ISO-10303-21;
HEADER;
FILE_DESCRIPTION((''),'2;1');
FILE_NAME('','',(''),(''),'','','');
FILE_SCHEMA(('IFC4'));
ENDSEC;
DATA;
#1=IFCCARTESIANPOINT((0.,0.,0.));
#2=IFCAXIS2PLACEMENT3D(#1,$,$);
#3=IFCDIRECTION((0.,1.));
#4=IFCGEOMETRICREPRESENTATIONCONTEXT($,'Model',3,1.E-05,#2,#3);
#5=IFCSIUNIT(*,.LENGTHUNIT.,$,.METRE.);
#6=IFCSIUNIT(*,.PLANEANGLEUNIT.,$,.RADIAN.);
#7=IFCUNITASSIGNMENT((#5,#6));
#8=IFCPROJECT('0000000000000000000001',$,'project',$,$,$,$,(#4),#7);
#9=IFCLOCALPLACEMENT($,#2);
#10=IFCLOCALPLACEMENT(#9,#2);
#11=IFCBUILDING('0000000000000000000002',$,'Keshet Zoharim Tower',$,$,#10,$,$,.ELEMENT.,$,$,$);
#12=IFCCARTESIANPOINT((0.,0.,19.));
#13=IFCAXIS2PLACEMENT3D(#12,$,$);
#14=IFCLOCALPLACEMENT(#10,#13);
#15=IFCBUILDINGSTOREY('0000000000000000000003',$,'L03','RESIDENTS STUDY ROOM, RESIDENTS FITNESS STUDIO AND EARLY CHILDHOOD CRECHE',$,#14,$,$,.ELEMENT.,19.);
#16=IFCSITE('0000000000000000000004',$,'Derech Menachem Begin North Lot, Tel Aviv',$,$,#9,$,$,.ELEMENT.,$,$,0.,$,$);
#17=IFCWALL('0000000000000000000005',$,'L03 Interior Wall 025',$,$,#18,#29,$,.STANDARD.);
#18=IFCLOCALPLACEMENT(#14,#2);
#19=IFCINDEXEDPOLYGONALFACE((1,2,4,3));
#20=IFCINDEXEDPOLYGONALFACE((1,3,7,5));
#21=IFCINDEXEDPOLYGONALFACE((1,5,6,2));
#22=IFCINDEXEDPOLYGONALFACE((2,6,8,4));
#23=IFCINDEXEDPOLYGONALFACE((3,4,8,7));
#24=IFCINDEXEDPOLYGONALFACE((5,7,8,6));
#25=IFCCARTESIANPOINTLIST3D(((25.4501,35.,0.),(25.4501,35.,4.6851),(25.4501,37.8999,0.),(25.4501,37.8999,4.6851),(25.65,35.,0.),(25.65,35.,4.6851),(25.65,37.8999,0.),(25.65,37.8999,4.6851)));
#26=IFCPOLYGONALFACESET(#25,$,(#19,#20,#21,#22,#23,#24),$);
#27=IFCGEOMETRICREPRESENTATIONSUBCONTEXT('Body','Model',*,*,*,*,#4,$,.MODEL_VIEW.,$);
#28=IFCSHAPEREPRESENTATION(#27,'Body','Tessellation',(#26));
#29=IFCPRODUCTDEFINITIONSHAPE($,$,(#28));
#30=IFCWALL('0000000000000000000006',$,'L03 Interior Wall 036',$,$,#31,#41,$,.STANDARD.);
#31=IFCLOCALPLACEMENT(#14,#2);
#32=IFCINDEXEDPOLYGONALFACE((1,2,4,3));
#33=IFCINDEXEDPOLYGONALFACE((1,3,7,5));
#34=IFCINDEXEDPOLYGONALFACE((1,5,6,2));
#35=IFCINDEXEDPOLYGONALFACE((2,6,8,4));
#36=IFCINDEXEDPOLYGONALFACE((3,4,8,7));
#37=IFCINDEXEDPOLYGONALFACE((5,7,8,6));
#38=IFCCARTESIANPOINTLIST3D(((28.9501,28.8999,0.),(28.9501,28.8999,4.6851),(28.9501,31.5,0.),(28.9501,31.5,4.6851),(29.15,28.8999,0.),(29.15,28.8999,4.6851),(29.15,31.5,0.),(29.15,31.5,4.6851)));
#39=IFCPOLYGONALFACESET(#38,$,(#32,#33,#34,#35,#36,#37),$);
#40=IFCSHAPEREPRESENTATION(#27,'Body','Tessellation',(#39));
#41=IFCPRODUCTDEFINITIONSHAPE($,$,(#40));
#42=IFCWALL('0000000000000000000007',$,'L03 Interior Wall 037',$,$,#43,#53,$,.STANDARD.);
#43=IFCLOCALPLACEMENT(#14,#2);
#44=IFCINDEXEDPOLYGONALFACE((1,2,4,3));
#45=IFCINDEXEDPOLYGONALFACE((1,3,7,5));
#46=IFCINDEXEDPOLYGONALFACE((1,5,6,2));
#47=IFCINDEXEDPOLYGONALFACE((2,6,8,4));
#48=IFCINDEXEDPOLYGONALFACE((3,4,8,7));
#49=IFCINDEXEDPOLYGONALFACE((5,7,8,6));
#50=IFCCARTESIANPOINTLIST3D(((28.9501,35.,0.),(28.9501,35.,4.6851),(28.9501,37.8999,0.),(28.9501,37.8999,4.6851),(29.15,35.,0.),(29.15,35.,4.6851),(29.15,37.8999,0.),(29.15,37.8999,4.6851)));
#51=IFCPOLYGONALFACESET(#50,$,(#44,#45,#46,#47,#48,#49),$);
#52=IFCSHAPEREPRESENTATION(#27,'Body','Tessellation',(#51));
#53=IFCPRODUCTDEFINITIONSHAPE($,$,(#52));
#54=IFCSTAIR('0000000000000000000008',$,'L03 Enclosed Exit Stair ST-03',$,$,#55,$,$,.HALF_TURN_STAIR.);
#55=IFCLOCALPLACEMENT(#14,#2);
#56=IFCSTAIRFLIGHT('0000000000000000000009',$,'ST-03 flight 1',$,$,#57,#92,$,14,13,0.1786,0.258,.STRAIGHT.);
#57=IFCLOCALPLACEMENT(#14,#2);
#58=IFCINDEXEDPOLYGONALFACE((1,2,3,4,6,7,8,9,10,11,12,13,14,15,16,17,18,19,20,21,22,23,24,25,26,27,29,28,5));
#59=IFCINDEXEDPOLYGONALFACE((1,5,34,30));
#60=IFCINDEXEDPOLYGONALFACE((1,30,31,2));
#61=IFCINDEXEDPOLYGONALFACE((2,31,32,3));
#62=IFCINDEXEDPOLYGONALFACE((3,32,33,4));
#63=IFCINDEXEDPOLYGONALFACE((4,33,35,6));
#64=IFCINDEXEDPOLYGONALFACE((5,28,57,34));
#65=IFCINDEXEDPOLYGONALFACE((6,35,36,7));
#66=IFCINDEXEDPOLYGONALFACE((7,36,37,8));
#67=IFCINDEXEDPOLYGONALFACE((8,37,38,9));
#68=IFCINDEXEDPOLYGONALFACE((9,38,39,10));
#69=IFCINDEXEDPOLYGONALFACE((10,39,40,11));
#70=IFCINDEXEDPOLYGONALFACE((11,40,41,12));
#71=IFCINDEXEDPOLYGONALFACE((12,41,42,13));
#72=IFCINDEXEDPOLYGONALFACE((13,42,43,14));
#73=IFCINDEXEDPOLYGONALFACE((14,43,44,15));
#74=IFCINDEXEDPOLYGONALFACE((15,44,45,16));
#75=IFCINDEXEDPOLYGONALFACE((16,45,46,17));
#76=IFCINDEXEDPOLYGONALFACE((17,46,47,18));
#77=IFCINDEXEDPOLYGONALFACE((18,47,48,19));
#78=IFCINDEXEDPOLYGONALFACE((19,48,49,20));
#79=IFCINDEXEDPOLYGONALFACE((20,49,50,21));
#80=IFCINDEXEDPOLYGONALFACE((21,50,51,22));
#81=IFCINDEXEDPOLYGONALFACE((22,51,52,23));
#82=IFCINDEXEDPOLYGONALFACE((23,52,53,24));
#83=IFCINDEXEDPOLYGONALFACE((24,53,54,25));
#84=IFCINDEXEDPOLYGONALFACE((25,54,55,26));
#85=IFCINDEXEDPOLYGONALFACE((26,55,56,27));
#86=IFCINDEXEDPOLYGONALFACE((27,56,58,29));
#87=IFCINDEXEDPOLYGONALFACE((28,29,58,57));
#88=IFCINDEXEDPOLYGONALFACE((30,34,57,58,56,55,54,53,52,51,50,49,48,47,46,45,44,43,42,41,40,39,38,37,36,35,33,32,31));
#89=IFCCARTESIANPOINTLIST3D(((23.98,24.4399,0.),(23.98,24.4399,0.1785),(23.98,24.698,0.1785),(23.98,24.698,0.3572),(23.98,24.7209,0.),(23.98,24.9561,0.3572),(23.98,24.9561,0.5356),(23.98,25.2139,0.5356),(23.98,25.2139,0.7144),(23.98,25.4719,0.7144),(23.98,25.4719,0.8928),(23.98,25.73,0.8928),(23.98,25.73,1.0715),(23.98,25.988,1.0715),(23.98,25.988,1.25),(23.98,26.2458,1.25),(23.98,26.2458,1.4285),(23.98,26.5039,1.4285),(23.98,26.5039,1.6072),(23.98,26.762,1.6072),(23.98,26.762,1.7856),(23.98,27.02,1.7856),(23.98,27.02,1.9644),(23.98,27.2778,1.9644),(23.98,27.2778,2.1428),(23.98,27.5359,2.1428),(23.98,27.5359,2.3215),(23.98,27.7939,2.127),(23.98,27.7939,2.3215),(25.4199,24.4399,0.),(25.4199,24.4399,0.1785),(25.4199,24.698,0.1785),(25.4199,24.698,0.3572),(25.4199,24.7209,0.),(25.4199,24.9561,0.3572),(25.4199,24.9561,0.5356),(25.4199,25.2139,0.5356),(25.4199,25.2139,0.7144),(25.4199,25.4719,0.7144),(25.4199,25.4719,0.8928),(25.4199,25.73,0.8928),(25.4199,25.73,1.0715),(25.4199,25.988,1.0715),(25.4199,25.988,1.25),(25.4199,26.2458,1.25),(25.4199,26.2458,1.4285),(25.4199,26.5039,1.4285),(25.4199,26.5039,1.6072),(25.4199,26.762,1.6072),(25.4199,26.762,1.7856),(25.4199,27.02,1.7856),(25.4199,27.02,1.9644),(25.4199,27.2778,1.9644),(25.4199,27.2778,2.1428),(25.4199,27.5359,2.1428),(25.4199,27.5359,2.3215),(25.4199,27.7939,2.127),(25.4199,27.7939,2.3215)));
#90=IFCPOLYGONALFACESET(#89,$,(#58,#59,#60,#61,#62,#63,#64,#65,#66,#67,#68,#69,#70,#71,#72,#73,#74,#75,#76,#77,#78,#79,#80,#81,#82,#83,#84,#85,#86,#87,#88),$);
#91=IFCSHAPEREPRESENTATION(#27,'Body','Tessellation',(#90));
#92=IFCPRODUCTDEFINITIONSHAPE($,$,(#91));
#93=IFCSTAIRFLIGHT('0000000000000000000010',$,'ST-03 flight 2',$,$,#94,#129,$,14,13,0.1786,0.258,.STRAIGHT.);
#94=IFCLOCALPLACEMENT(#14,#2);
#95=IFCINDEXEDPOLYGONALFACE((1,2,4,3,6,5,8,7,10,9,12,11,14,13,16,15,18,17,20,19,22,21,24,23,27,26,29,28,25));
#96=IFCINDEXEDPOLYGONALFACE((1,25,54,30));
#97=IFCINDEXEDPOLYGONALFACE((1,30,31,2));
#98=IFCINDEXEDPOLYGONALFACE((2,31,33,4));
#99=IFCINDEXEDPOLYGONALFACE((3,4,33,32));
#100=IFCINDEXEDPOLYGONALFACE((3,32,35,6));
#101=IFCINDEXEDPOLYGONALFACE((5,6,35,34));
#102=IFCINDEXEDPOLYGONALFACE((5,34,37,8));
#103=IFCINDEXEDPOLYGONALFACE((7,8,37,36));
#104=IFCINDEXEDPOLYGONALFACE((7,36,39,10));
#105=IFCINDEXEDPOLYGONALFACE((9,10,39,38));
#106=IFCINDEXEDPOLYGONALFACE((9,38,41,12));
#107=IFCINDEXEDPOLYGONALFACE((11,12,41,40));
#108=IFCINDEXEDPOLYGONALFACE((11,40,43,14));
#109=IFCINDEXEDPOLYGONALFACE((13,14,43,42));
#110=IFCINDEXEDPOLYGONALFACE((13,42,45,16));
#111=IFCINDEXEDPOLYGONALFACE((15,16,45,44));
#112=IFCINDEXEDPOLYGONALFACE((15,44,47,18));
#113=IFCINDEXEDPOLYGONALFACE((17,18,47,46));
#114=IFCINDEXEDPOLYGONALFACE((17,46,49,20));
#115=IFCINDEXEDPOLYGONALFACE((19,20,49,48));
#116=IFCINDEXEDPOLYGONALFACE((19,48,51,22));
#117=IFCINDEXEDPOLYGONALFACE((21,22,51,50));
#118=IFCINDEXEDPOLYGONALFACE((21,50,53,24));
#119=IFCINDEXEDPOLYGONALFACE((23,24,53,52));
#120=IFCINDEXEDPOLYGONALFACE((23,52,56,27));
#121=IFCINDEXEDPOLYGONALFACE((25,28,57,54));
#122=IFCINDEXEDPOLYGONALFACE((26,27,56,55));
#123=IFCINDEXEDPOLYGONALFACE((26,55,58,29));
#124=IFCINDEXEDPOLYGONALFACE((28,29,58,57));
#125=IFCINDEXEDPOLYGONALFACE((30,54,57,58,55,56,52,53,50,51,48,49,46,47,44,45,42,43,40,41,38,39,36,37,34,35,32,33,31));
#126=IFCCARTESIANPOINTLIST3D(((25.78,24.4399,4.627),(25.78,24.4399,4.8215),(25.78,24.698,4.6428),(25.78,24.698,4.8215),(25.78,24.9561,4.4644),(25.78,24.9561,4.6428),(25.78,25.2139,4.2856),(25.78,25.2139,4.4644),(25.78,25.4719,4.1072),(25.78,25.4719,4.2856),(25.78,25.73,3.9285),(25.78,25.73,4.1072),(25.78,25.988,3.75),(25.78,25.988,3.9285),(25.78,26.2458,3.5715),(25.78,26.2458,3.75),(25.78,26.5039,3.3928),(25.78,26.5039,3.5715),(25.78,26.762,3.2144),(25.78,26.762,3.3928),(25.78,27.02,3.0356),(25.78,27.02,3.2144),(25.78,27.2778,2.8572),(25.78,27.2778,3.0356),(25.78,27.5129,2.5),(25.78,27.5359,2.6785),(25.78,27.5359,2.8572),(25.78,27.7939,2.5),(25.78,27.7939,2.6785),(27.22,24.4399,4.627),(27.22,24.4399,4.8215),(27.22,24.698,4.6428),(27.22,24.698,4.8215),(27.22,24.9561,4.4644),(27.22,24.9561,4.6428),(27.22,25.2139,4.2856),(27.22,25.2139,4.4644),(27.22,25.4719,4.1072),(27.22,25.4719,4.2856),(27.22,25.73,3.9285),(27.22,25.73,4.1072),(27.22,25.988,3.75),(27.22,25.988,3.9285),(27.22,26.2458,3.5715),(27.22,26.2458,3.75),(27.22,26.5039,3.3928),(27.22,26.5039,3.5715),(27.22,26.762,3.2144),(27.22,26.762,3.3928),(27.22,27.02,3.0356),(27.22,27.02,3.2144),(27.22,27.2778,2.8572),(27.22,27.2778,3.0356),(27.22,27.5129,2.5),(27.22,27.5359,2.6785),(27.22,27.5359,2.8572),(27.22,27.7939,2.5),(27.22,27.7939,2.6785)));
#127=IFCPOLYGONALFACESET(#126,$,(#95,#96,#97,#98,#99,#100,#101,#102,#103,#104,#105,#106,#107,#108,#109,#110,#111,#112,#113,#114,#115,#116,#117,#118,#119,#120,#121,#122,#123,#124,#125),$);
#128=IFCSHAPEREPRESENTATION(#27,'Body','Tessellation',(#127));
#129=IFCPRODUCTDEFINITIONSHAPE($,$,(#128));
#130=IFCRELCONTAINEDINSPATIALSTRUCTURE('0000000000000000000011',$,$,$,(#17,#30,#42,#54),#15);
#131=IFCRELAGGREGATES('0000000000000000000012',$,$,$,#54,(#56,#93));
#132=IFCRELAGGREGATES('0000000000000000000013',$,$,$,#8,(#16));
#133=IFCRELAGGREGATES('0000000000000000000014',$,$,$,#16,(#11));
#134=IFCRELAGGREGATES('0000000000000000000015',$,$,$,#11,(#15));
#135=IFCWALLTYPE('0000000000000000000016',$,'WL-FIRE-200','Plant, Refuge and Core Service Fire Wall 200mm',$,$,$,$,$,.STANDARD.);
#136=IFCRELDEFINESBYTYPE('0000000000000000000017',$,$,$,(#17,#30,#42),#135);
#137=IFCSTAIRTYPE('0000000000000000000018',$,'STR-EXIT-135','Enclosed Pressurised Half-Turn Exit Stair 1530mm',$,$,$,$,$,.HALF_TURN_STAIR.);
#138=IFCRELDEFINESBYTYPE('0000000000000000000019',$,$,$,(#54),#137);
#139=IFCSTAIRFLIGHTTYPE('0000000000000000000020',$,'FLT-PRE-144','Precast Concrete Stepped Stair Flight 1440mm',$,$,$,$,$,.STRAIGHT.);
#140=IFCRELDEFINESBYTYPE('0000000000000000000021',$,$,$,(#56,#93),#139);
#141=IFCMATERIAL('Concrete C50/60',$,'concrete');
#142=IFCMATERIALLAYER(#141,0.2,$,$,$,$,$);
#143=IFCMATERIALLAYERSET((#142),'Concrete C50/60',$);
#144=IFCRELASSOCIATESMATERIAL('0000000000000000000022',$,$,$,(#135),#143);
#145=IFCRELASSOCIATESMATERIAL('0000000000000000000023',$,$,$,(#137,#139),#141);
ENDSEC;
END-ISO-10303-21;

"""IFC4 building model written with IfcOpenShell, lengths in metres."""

from ifc_helpers import new_model, si_unit, direction, frame, frame_2d, origin, place, context, subcontext, project, spatial, polyline, rectangle, outline, extrude, material, layer, layer_set, type_object, element, aggregate, save


model = new_model("IFC4")

# Units and contexts
model_context = context("Model", 3, precision=1e-05, world=origin(), true_north=direction((0.0, 1.0)))
body_context = subcontext(model_context, "Body", "Model", "MODEL_VIEW")
ifc_project = project(units=[si_unit("LENGTHUNIT", "METRE"), si_unit("PLANEANGLEUNIT", "RADIAN")], contexts=[model_context])

# Site, building, storey
site_placement = place(None, origin())
site = spatial("IfcSite", under=ifc_project, at=site_placement, Name="Derech Menachem Begin North Lot, Tel Aviv", CompositionType="ELEMENT", RefElevation=0.0)
building_placement = place(site_placement, origin())
building = spatial("IfcBuilding", under=site, at=building_placement, Name="Keshet Zoharim Tower", CompositionType="ELEMENT")
storey_placement = place(building_placement, frame((0.0, 0.0, 19.0)))
storey = spatial("IfcBuildingStorey", under=building, at=storey_placement, Name="L03", Description="RESIDENTS STUDY ROOM, RESIDENTS FITNESS STUDIO AND EARLY CHILDHOOD CRECHE", CompositionType="ELEMENT", Elevation=19.0)

# Walls
ifc_material_1 = material(Name="Concrete C50/60", Category="concrete")
ifc_layer_1 = layer(ifc_material_1, 0.2)
ifc_layer_set_1 = layer_set([ifc_layer_1], Name="Concrete C50/60")
wall_type_1 = type_object("IfcWallType", Name="WL-FIRE-200", Description="Plant, Refuge and Core Service Fire Wall 200mm", PredefinedType="STANDARD", material=ifc_layer_set_1)
for number, where, z_axis, x_axis, name in (
    (1, (25.55, 35.0, 0.0), (0.0, 0.0, 1.0), (0.0, 1.0, 0.0), "L03 Interior Wall 025"),
):
    element("IfcWall", number, at=place(storey_placement, frame(where, z_axis=z_axis, x_axis=x_axis)), inside=storey, type_object=wall_type_1, Name=name, PredefinedType="STANDARD", context=body_context, shape_type="SweptSolid", body=[
        extrude(rectangle(XDim=2.8999, YDim=0.2, at=frame_2d((1.45, 0.0))), origin(), (0.0, 0.0, 1.0), 4.6851),
    ])
wall_1_placement = place(storey_placement, frame((29.05, 28.8999, 0.0), z_axis=(0.0, 0.0, 1.0), x_axis=(0.0, 1.0, 0.0)))
element("IfcWall", 2, at=wall_1_placement, inside=storey, type_object=wall_type_1, Name="L03 Interior Wall 036", PredefinedType="STANDARD", context=body_context, shape_type="SweptSolid", body=[
    extrude(rectangle(XDim=2.6001, YDim=0.2, at=frame_2d((1.3, 0.0))), origin(), (0.0, 0.0, 1.0), 4.6851),
])
wall_2_placement = place(storey_placement, frame((29.05, 35.0, 0.0), z_axis=(0.0, 0.0, 1.0), x_axis=(0.0, 1.0, 0.0)))
element("IfcWall", 3, at=wall_2_placement, inside=storey, type_object=wall_type_1, Name="L03 Interior Wall 037", PredefinedType="STANDARD", context=body_context, shape_type="SweptSolid", body=[
    extrude(rectangle(XDim=2.8999, YDim=0.2, at=frame_2d((1.45, 0.0))), origin(), (0.0, 0.0, 1.0), 4.6851),
])

# Stair, stair flights
stair_type = type_object("IfcStairType", Name="STR-EXIT-135", Description="Enclosed Pressurised Half-Turn Exit Stair 1530mm", PredefinedType="HALF_TURN_STAIR", material=ifc_material_1)
stair_placement = place(storey_placement, origin())
stair = element("IfcStair", 4, at=stair_placement, inside=storey, type_object=stair_type, Name="L03 Enclosed Exit Stair ST-03", PredefinedType="HALF_TURN_STAIR")
stair_flight_type = type_object("IfcStairFlightType", Name="FLT-PRE-144", Description="Precast Concrete Stepped Stair Flight 1440mm", PredefinedType="STRAIGHT", material=ifc_material_1)
stair_flight_1_placement = place(storey_placement, frame((24.7, 24.4399, 0.0), z_axis=(0.0, 0.0, 1.0), x_axis=(0.0, 1.0, 0.0)))
stair_flight_1 = element("IfcStairFlight", 5, at=stair_flight_1_placement, type_object=stair_flight_type, Name="ST-03 flight 1", NumberOfRisers=14, NumberOfTreads=13, PredefinedType="STRAIGHT", RiserHeight=0.1786, TreadLength=0.258, context=body_context, shape_type="SweptSolid", body=[
    extrude(outline(polyline([(0.0, 0.0), (0.0, 0.1785), (0.2581, 0.1785), (0.2581, 0.3572), (0.5161, 0.3572), (0.5161, 0.5356), (0.7739, 0.5356), (0.7739, 0.7144), (1.032, 0.7144), (1.032, 0.8928), (1.29, 0.8928), (1.29, 1.0715), (1.5481, 1.0715), (1.5481, 1.25), (1.8059, 1.25), (1.8059, 1.4285), (2.064, 1.4285), (2.064, 1.6072), (2.322, 1.6072), (2.322, 1.7856), (2.5801, 1.7856), (2.5801, 1.9644), (2.8379, 1.9644), (2.8379, 2.1428), (3.0959, 2.1428), (3.0959, 2.3215), (3.354, 2.3215), (3.354, 2.5), (3.354, 2.127), (0.281, 0.0), (0.0, 0.0)])), frame((0.0, 0.72, 0.0), z_axis=(0.0, -1.0, 0.0), x_axis=(1.0, 0.0, 0.0)), (0.0, 0.0, 1.0), 1.4399),
])
stair_flight_2_placement = place(storey_placement, frame((26.5, 27.7939, 2.5), z_axis=(0.0, 0.0, 1.0), x_axis=(0.0, -1.0, 0.0)))
stair_flight_2 = element("IfcStairFlight", 6, at=stair_flight_2_placement, type_object=stair_flight_type, Name="ST-03 flight 2", NumberOfRisers=14, NumberOfTreads=13, PredefinedType="STRAIGHT", RiserHeight=0.1786, TreadLength=0.258, context=body_context, shape_type="SweptSolid", body=[
    extrude(outline(polyline([(0.0, 0.0), (0.0, 0.1785), (0.2581, 0.1785), (0.2581, 0.3572), (0.5161, 0.3572), (0.5161, 0.5356), (0.7739, 0.5356), (0.7739, 0.7144), (1.032, 0.7144), (1.032, 0.8928), (1.29, 0.8928), (1.29, 1.0715), (1.5481, 1.0715), (1.5481, 1.25), (1.8059, 1.25), (1.8059, 1.4285), (2.064, 1.4285), (2.064, 1.6072), (2.322, 1.6072), (2.322, 1.7856), (2.5801, 1.7856), (2.5801, 1.9644), (2.8379, 1.9644), (2.8379, 2.1428), (3.0959, 2.1428), (3.0959, 2.3215), (3.354, 2.3215), (3.354, 2.5), (3.354, 2.127), (0.281, 0.0), (0.0, 0.0)])), frame((0.0, 0.72, 0.0), z_axis=(0.0, -1.0, 0.0), x_axis=(1.0, 0.0, 0.0)), (0.0, 0.0, 1.0), 1.4399),
])
aggregate(stair, [stair_flight_1, stair_flight_2])

save(model, "model.ifc")
